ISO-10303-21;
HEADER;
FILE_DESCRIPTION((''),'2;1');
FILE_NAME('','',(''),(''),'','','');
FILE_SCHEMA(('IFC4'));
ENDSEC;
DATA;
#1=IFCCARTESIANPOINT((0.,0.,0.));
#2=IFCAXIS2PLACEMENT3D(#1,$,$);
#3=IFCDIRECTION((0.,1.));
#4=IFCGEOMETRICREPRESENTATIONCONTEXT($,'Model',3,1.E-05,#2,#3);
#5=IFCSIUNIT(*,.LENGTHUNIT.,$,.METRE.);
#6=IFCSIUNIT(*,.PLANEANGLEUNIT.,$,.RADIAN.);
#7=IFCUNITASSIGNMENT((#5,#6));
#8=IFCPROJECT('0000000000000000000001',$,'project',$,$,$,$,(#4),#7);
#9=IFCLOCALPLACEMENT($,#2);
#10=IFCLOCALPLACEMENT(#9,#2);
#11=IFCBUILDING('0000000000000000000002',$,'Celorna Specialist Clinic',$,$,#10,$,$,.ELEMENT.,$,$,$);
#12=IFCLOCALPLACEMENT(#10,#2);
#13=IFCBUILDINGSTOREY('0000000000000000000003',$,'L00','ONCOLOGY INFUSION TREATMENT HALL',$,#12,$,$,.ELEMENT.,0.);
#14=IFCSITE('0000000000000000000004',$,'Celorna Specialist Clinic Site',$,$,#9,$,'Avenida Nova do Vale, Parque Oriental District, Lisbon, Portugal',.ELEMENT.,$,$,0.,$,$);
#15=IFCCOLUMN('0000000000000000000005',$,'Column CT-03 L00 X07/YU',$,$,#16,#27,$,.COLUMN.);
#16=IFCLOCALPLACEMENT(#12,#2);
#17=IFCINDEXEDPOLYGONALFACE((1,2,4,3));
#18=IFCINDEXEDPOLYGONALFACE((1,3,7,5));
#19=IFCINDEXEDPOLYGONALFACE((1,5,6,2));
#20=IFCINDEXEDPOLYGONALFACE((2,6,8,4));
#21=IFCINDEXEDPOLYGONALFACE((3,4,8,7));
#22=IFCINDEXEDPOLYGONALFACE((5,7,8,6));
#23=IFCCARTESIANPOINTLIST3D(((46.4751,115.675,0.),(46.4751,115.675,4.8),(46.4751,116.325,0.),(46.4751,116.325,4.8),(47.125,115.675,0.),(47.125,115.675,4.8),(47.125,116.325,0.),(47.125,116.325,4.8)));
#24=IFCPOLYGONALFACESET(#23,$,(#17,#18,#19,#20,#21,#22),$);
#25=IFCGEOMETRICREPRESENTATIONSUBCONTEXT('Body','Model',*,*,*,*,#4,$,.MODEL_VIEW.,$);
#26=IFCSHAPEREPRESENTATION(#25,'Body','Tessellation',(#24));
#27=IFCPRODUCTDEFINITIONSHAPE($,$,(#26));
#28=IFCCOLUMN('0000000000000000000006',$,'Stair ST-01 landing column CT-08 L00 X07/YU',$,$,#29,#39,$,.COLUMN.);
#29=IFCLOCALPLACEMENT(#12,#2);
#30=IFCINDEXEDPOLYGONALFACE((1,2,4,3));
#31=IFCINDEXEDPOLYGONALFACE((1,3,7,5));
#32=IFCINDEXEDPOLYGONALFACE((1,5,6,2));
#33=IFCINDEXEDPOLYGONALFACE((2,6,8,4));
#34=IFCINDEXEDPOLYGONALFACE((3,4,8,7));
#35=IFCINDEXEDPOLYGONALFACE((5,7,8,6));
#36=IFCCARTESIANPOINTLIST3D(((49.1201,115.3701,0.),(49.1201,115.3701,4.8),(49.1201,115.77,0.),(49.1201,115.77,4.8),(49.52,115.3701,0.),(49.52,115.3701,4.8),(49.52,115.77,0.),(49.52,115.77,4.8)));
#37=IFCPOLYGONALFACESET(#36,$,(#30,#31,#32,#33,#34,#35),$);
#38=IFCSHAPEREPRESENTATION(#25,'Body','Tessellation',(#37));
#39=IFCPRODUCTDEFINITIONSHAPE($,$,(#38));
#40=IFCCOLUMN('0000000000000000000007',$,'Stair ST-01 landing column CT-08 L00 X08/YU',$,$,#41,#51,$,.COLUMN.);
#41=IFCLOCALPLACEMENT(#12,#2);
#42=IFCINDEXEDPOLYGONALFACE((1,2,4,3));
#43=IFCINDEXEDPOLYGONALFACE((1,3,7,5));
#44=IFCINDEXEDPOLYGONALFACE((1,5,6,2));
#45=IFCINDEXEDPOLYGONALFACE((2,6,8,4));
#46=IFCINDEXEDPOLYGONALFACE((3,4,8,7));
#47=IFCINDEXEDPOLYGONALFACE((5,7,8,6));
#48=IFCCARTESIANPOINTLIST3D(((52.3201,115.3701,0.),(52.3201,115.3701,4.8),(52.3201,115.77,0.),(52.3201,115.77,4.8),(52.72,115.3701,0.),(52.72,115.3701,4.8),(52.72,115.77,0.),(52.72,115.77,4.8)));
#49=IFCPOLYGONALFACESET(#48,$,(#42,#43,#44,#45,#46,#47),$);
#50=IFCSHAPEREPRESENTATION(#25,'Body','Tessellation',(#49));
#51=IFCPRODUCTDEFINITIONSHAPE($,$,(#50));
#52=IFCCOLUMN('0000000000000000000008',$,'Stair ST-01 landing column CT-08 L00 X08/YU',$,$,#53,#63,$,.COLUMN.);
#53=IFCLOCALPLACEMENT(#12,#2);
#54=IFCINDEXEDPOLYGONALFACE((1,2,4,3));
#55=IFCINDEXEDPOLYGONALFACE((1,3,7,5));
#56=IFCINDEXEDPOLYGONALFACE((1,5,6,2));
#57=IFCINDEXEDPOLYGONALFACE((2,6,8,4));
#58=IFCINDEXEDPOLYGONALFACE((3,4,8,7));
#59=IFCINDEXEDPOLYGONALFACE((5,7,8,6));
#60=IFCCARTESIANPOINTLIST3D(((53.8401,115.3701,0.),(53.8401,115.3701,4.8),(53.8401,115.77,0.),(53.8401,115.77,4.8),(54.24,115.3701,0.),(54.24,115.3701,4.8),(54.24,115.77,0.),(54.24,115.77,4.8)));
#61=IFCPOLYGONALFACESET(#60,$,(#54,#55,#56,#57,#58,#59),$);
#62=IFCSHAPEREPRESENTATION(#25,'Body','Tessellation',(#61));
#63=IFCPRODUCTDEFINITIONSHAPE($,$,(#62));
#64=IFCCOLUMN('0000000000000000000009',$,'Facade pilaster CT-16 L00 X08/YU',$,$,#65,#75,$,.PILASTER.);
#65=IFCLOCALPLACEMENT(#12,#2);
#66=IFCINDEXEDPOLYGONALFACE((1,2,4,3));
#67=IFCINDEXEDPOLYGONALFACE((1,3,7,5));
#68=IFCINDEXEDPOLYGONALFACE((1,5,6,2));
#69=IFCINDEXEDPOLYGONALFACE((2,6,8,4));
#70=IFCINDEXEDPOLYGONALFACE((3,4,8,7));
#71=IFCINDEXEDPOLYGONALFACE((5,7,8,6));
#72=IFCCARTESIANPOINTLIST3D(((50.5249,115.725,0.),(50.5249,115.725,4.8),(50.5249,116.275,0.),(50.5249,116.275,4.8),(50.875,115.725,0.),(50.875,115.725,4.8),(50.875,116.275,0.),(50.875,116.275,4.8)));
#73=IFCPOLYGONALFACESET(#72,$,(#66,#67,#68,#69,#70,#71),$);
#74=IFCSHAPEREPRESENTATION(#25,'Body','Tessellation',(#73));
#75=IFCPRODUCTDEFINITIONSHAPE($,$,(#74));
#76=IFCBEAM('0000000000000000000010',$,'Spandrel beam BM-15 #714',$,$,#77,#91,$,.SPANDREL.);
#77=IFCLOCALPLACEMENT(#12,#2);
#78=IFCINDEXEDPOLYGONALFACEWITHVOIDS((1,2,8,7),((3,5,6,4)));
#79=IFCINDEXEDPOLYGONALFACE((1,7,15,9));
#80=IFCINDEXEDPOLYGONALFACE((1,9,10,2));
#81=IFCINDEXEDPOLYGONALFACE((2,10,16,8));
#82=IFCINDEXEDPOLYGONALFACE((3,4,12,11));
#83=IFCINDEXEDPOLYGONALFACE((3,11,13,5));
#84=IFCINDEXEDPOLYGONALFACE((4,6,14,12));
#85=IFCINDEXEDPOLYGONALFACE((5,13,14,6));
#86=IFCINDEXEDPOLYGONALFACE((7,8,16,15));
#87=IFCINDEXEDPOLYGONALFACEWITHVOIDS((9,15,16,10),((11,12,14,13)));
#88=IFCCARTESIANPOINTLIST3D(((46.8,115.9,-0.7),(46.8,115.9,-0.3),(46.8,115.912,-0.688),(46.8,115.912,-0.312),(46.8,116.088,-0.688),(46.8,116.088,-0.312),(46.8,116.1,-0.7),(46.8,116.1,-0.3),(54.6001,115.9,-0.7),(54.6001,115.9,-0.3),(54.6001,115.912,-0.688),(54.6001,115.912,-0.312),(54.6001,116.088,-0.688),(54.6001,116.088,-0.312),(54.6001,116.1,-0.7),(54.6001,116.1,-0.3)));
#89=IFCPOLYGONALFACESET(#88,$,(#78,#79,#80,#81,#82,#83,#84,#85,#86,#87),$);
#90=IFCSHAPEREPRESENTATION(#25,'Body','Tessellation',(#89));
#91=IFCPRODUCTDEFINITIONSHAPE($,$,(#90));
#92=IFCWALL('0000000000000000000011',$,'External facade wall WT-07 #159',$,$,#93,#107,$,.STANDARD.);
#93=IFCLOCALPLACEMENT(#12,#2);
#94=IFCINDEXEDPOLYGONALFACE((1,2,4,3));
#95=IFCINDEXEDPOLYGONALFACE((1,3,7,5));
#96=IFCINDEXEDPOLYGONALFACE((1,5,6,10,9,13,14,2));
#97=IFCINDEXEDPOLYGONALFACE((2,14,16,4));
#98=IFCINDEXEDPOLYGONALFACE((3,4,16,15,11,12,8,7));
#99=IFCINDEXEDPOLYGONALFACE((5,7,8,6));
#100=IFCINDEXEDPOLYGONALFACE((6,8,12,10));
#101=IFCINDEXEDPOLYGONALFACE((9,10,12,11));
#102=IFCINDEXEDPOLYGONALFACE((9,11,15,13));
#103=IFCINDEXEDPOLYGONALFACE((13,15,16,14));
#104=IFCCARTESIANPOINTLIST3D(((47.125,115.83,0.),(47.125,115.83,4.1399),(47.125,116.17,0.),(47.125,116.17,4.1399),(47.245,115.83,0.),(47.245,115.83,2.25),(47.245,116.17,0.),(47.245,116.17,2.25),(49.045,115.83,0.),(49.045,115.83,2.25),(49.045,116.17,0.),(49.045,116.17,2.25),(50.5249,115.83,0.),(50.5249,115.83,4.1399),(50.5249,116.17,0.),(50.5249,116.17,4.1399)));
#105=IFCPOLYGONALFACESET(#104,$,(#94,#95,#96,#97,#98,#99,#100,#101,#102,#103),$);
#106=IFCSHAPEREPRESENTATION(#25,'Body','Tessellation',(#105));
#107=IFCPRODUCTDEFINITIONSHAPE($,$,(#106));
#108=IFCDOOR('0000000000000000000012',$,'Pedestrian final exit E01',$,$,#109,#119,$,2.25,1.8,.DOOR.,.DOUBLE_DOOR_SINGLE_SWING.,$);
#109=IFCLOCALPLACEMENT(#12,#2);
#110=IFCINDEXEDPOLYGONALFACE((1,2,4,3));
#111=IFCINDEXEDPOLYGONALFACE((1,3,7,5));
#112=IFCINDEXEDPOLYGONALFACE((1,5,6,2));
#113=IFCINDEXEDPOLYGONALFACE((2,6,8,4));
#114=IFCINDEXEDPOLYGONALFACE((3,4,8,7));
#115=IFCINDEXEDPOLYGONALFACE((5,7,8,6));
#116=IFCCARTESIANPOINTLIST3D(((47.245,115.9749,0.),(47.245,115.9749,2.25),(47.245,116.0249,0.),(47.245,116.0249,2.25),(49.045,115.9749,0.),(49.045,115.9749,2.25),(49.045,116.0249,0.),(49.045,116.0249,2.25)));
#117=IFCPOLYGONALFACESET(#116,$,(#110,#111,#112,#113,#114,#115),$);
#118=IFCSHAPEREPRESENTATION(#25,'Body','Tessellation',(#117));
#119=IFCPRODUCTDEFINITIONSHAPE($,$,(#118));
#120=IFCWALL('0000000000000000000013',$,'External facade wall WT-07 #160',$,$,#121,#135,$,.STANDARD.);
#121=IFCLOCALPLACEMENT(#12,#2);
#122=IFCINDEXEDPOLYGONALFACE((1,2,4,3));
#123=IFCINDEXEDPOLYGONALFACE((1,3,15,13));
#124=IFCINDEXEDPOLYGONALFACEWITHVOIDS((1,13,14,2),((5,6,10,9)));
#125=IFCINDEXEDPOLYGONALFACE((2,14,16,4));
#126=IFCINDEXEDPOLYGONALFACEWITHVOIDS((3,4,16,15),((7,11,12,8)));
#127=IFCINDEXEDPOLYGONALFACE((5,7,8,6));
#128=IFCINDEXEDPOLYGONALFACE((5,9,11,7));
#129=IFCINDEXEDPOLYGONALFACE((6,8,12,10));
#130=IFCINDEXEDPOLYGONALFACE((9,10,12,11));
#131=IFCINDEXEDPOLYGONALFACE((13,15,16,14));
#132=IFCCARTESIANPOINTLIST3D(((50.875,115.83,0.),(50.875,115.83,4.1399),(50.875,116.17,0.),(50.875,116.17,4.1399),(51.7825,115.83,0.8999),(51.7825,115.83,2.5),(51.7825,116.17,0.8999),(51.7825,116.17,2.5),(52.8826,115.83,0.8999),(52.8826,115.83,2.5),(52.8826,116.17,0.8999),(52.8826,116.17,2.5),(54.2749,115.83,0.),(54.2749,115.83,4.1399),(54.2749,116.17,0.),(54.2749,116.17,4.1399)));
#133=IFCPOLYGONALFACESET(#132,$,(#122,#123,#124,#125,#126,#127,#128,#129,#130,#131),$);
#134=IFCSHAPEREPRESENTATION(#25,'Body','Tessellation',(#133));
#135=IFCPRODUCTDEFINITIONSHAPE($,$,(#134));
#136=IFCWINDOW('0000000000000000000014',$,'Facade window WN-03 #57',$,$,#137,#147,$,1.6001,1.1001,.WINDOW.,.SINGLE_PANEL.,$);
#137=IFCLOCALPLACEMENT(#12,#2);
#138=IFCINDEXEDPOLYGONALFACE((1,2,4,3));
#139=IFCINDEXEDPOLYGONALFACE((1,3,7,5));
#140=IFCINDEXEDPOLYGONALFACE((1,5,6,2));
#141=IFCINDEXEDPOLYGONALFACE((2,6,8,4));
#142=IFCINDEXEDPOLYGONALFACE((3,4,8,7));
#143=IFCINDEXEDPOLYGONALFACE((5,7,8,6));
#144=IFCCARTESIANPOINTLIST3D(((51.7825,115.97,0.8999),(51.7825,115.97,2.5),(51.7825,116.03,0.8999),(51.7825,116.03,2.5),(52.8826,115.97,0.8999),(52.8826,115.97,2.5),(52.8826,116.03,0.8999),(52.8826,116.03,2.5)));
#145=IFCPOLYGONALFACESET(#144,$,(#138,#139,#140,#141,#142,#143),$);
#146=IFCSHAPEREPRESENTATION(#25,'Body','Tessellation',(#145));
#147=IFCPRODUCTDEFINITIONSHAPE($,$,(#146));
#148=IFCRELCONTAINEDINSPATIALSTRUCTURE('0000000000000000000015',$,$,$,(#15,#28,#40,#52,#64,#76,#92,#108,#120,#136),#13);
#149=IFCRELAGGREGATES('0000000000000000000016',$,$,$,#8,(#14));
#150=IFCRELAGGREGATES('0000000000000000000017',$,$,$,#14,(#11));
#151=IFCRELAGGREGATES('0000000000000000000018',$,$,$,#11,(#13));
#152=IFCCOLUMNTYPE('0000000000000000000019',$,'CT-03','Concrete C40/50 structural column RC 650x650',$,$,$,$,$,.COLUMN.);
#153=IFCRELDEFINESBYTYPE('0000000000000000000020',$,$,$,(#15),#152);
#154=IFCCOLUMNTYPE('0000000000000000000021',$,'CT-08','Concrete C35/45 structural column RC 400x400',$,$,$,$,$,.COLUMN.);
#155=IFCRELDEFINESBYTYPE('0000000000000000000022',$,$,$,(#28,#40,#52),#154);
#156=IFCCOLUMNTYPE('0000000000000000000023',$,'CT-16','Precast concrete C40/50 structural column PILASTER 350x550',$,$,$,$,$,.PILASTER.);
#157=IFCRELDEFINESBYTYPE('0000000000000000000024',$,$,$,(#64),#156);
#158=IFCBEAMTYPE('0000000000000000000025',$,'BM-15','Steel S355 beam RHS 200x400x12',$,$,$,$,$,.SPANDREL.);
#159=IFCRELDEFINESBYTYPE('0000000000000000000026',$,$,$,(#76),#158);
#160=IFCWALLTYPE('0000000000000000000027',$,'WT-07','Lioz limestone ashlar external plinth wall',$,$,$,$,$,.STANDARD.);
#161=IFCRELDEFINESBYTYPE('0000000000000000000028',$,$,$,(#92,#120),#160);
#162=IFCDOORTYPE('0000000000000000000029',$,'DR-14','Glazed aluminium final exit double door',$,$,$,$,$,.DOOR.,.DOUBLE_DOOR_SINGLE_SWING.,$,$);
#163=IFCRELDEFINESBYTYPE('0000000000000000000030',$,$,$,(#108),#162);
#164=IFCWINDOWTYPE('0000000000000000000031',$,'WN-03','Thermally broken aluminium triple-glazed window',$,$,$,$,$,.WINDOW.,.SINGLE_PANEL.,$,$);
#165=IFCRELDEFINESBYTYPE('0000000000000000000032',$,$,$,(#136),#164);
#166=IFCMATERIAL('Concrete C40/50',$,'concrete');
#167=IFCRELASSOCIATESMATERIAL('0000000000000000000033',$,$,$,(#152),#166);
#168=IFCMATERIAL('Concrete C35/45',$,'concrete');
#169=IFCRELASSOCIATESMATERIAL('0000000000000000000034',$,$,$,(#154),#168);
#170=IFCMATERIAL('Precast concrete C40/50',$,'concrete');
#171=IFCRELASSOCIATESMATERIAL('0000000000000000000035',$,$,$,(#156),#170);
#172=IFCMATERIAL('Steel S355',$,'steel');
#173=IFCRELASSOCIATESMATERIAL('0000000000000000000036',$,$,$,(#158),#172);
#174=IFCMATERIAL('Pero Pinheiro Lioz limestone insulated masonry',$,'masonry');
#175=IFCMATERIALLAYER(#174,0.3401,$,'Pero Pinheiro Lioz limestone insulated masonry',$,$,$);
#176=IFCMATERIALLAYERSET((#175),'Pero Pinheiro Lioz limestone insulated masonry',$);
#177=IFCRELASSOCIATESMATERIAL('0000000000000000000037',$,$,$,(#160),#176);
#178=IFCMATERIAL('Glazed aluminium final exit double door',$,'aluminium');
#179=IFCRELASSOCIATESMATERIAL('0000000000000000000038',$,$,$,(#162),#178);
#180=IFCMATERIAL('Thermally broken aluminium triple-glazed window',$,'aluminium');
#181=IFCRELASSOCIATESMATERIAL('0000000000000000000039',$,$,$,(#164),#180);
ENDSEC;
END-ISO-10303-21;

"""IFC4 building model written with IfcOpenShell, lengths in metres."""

from ifc_helpers import new_model, si_unit, direction, frame, frame_2d, origin, origin_2d, place, context, subcontext, project, spatial, rectangle, hollow_rectangle, extrude, material, layer, layer_set, material_profile, profile_set, type_object, element, fill, save


model = new_model("IFC4")

# Units and contexts
model_context = context("Model", 3, precision=1e-05, world=origin(), true_north=direction((0.0, 1.0)))
body_context = subcontext(model_context, "Body", "Model", "MODEL_VIEW")
ifc_project = project(units=[si_unit("LENGTHUNIT", "METRE"), si_unit("PLANEANGLEUNIT", "RADIAN")], contexts=[model_context])

# Site, building, storey
site_placement = place(None, origin())
site = spatial("IfcSite", under=ifc_project, at=site_placement, Name="Celorna Specialist Clinic Site", LongName="Avenida Nova do Vale, Parque Oriental District, Lisbon, Portugal", CompositionType="ELEMENT", RefElevation=0.0)
building_placement = place(site_placement, origin())
building = spatial("IfcBuilding", under=site, at=building_placement, Name="Celorna Specialist Clinic", CompositionType="ELEMENT")
storey_placement = place(building_placement, origin())
storey = spatial("IfcBuildingStorey", under=building, at=storey_placement, Name="L00", Description="ONCOLOGY INFUSION TREATMENT HALL", CompositionType="ELEMENT", Elevation=0.0)

# Columns
ifc_material_1 = material(Name="Concrete C40/50", Category="concrete")
ifc_material_profile_1 = material_profile(ifc_material_1, rectangle(XDim=0.6499, YDim=0.6499, at=origin_2d()), Name="RC 650x650")
ifc_profile_set_1 = profile_set([ifc_material_profile_1], Name="Concrete C40/50")
column_type_1 = type_object("IfcColumnType", Name="CT-03", Description="Concrete C40/50 structural column RC 650x650", PredefinedType="COLUMN", material=ifc_profile_set_1)
column_1_placement = place(storey_placement, frame((46.8, 116.0, 0.0), z_axis=(0.0, 0.0, 1.0), x_axis=(1.0, 0.0, 0.0)))
element("IfcColumn", 1, at=column_1_placement, inside=storey, type_object=column_type_1, Name="Column CT-03 L00 X07/YU", PredefinedType="COLUMN", context=body_context, shape_type="SweptSolid", body=[
    extrude(rectangle(XDim=0.6499, YDim=0.6499, at=origin_2d()), origin(), (0.0, 0.0, 1.0), 4.8),
])
ifc_material_2 = material(Name="Concrete C35/45", Category="concrete")
ifc_material_profile_2 = material_profile(ifc_material_2, rectangle(XDim=0.3999, YDim=0.3999, at=origin_2d()), Name="RC 400x400")
ifc_profile_set_2 = profile_set([ifc_material_profile_2], Name="Concrete C35/45")
column_type_2 = type_object("IfcColumnType", Name="CT-08", Description="Concrete C35/45 structural column RC 400x400", PredefinedType="COLUMN", material=ifc_profile_set_2)
for number, where, z_axis, x_axis, name in (
    (2, (49.3201, 115.5701, 0.0), (0.0, 0.0, 1.0), (1.0, 0.0, 0.0), "Stair ST-01 landing column CT-08 L00 X07/YU"),
    (3, (52.52, 115.5701, 0.0), (0.0, 0.0, 1.0), (1.0, 0.0, 0.0), "Stair ST-01 landing column CT-08 L00 X08/YU"),
    (4, (54.04, 115.5701, 0.0), (0.0, 0.0, 1.0), (1.0, 0.0, 0.0), "Stair ST-01 landing column CT-08 L00 X08/YU"),
):
    element("IfcColumn", number, at=place(storey_placement, frame(where, z_axis=z_axis, x_axis=x_axis)), inside=storey, type_object=column_type_2, Name=name, PredefinedType="COLUMN", context=body_context, shape_type="SweptSolid", body=[
        extrude(rectangle(XDim=0.3999, YDim=0.3999, at=origin_2d()), origin(), (0.0, 0.0, 1.0), 4.8),
    ])
ifc_material_3 = material(Name="Precast concrete C40/50", Category="concrete")
ifc_material_profile_3 = material_profile(ifc_material_3, rectangle(XDim=0.3501, YDim=0.55, at=origin_2d()), Name="PILASTER 350x550")
ifc_profile_set_3 = profile_set([ifc_material_profile_3], Name="Precast concrete C40/50")
column_type_3 = type_object("IfcColumnType", Name="CT-16", Description="Precast concrete C40/50 structural column PILASTER 350x550", PredefinedType="PILASTER", material=ifc_profile_set_3)
column_2_placement = place(storey_placement, frame((50.7, 116.0, 0.0), z_axis=(0.0, 0.0, 1.0), x_axis=(1.0, 0.0, 0.0)))
element("IfcColumn", 5, at=column_2_placement, inside=storey, type_object=column_type_3, Name="Facade pilaster CT-16 L00 X08/YU", PredefinedType="PILASTER", context=body_context, shape_type="SweptSolid", body=[
    extrude(rectangle(XDim=0.3501, YDim=0.55, at=origin_2d()), origin(), (0.0, 0.0, 1.0), 4.8),
])

# Beam
ifc_material_4 = material(Name="Steel S355", Category="steel")
ifc_material_profile_4 = material_profile(ifc_material_4, hollow_rectangle(XDim=0.2, YDim=0.3999, WallThickness=0.012, at=origin_2d()), Name="RHS 200x400x12")
ifc_profile_set_4 = profile_set([ifc_material_profile_4], Name="Steel S355")
beam_type = type_object("IfcBeamType", Name="BM-15", Description="Steel S355 beam RHS 200x400x12", PredefinedType="SPANDREL", material=ifc_profile_set_4)
beam_placement = place(storey_placement, frame((46.8, 116.0, -0.5), z_axis=(1.0, 0.0, 0.0), x_axis=(0.0, 1.0, 0.0)))
element("IfcBeam", 6, at=beam_placement, inside=storey, type_object=beam_type, Name="Spandrel beam BM-15 #714", PredefinedType="SPANDREL", context=body_context, shape_type="SweptSolid", body=[
    extrude(hollow_rectangle(XDim=0.2, YDim=0.3999, WallThickness=0.012, at=origin_2d()), origin(), (0.0, 0.0, 1.0), 7.8),
])

# Wall, opening, door
ifc_material_5 = material(Name="Pero Pinheiro Lioz limestone insulated masonry", Category="masonry")
ifc_layer_1 = layer(ifc_material_5, 0.3401, Name="Pero Pinheiro Lioz limestone insulated masonry")
ifc_layer_set_1 = layer_set([ifc_layer_1], Name="Pero Pinheiro Lioz limestone insulated masonry")
wall_type = type_object("IfcWallType", Name="WT-07", Description="Lioz limestone ashlar external plinth wall", PredefinedType="STANDARD", material=ifc_layer_set_1)
wall_1_placement = place(storey_placement, frame((47.125, 116.0, 0.0), z_axis=(0.0, 0.0, 1.0), x_axis=(1.0, 0.0, 0.0)))
wall_1 = element("IfcWall", 7, at=wall_1_placement, inside=storey, type_object=wall_type, Name="External facade wall WT-07 #159", PredefinedType="STANDARD", context=body_context, shape_type="SweptSolid", body=[
    extrude(rectangle(XDim=3.3999, YDim=0.3401, at=frame_2d((1.7, 0.0))), origin(), (0.0, 0.0, 1.0), 4.1399),
])
opening_1_placement = place(wall_1_placement, frame((0.1201, 0.0, 0.0)))
opening_1 = element("IfcOpeningElement", 8, at=opening_1_placement, cuts=wall_1, PredefinedType="OPENING", context=body_context, shape_type="SweptSolid", body=[
    extrude(rectangle(XDim=1.8, YDim=2.25, at=frame_2d((0.8999, 1.125))), frame((0.0, 0.1799, 0.0), z_axis=(0.0, -1.0, 0.0), x_axis=(1.0, 0.0, 0.0)), (0.0, 0.0, 1.0), 0.3601),
])
ifc_material_6 = material(Name="Glazed aluminium final exit double door", Category="aluminium")
door_type = type_object("IfcDoorType", Name="DR-14", Description="Glazed aluminium final exit double door", OperationType="DOUBLE_DOOR_SINGLE_SWING", PredefinedType="DOOR", material=ifc_material_6)
door_placement = place(opening_1_placement, origin())
door = element("IfcDoor", 9, at=door_placement, inside=storey, type_object=door_type, Name="Pedestrian final exit E01", OperationType="DOUBLE_DOOR_SINGLE_SWING", OverallHeight=2.25, OverallWidth=1.8, PredefinedType="DOOR", context=body_context, shape_type="SweptSolid", body=[
    extrude(rectangle(XDim=1.8, YDim=2.25, at=frame_2d((0.8999, 1.125))), frame((0.0, 0.0249, 0.0), z_axis=(0.0, -1.0, 0.0), x_axis=(1.0, 0.0, 0.0)), (0.0, 0.0, 1.0), 0.05),
])
fill(opening_1, door)

# Wall, opening, window
wall_2_placement = place(storey_placement, frame((50.875, 116.0, 0.0), z_axis=(0.0, 0.0, 1.0), x_axis=(1.0, 0.0, 0.0)))
wall_2 = element("IfcWall", 10, at=wall_2_placement, inside=storey, type_object=wall_type, Name="External facade wall WT-07 #160", PredefinedType="STANDARD", context=body_context, shape_type="SweptSolid", body=[
    extrude(rectangle(XDim=3.3999, YDim=0.3401, at=frame_2d((1.7, 0.0))), origin(), (0.0, 0.0, 1.0), 4.1399),
])
opening_2_placement = place(wall_2_placement, frame((0.9075, 0.0, 0.8999)))
opening_2 = element("IfcOpeningElement", 11, at=opening_2_placement, cuts=wall_2, PredefinedType="OPENING", context=body_context, shape_type="SweptSolid", body=[
    extrude(rectangle(XDim=1.1001, YDim=1.6001, at=frame_2d((0.55, 0.8))), frame((0.0, 0.1799, 0.0), z_axis=(0.0, -1.0, 0.0), x_axis=(1.0, 0.0, 0.0)), (0.0, 0.0, 1.0), 0.3601),
])
ifc_material_7 = material(Name="Thermally broken aluminium triple-glazed window", Category="aluminium")
window_type = type_object("IfcWindowType", Name="WN-03", Description="Thermally broken aluminium triple-glazed window", PartitioningType="SINGLE_PANEL", PredefinedType="WINDOW", material=ifc_material_7)
window_placement = place(opening_2_placement, origin())
window = element("IfcWindow", 12, at=window_placement, inside=storey, type_object=window_type, Name="Facade window WN-03 #57", OverallHeight=1.6001, OverallWidth=1.1001, PartitioningType="SINGLE_PANEL", PredefinedType="WINDOW", context=body_context, shape_type="SweptSolid", body=[
    extrude(rectangle(XDim=1.1001, YDim=1.6001, at=frame_2d((0.55, 0.8))), frame((0.0, 0.03, 0.0), z_axis=(0.0, -1.0, 0.0), x_axis=(1.0, 0.0, 0.0)), (0.0, 0.0, 1.0), 0.0601),
])
fill(opening_2, window)

save(model, "model.ifc")
